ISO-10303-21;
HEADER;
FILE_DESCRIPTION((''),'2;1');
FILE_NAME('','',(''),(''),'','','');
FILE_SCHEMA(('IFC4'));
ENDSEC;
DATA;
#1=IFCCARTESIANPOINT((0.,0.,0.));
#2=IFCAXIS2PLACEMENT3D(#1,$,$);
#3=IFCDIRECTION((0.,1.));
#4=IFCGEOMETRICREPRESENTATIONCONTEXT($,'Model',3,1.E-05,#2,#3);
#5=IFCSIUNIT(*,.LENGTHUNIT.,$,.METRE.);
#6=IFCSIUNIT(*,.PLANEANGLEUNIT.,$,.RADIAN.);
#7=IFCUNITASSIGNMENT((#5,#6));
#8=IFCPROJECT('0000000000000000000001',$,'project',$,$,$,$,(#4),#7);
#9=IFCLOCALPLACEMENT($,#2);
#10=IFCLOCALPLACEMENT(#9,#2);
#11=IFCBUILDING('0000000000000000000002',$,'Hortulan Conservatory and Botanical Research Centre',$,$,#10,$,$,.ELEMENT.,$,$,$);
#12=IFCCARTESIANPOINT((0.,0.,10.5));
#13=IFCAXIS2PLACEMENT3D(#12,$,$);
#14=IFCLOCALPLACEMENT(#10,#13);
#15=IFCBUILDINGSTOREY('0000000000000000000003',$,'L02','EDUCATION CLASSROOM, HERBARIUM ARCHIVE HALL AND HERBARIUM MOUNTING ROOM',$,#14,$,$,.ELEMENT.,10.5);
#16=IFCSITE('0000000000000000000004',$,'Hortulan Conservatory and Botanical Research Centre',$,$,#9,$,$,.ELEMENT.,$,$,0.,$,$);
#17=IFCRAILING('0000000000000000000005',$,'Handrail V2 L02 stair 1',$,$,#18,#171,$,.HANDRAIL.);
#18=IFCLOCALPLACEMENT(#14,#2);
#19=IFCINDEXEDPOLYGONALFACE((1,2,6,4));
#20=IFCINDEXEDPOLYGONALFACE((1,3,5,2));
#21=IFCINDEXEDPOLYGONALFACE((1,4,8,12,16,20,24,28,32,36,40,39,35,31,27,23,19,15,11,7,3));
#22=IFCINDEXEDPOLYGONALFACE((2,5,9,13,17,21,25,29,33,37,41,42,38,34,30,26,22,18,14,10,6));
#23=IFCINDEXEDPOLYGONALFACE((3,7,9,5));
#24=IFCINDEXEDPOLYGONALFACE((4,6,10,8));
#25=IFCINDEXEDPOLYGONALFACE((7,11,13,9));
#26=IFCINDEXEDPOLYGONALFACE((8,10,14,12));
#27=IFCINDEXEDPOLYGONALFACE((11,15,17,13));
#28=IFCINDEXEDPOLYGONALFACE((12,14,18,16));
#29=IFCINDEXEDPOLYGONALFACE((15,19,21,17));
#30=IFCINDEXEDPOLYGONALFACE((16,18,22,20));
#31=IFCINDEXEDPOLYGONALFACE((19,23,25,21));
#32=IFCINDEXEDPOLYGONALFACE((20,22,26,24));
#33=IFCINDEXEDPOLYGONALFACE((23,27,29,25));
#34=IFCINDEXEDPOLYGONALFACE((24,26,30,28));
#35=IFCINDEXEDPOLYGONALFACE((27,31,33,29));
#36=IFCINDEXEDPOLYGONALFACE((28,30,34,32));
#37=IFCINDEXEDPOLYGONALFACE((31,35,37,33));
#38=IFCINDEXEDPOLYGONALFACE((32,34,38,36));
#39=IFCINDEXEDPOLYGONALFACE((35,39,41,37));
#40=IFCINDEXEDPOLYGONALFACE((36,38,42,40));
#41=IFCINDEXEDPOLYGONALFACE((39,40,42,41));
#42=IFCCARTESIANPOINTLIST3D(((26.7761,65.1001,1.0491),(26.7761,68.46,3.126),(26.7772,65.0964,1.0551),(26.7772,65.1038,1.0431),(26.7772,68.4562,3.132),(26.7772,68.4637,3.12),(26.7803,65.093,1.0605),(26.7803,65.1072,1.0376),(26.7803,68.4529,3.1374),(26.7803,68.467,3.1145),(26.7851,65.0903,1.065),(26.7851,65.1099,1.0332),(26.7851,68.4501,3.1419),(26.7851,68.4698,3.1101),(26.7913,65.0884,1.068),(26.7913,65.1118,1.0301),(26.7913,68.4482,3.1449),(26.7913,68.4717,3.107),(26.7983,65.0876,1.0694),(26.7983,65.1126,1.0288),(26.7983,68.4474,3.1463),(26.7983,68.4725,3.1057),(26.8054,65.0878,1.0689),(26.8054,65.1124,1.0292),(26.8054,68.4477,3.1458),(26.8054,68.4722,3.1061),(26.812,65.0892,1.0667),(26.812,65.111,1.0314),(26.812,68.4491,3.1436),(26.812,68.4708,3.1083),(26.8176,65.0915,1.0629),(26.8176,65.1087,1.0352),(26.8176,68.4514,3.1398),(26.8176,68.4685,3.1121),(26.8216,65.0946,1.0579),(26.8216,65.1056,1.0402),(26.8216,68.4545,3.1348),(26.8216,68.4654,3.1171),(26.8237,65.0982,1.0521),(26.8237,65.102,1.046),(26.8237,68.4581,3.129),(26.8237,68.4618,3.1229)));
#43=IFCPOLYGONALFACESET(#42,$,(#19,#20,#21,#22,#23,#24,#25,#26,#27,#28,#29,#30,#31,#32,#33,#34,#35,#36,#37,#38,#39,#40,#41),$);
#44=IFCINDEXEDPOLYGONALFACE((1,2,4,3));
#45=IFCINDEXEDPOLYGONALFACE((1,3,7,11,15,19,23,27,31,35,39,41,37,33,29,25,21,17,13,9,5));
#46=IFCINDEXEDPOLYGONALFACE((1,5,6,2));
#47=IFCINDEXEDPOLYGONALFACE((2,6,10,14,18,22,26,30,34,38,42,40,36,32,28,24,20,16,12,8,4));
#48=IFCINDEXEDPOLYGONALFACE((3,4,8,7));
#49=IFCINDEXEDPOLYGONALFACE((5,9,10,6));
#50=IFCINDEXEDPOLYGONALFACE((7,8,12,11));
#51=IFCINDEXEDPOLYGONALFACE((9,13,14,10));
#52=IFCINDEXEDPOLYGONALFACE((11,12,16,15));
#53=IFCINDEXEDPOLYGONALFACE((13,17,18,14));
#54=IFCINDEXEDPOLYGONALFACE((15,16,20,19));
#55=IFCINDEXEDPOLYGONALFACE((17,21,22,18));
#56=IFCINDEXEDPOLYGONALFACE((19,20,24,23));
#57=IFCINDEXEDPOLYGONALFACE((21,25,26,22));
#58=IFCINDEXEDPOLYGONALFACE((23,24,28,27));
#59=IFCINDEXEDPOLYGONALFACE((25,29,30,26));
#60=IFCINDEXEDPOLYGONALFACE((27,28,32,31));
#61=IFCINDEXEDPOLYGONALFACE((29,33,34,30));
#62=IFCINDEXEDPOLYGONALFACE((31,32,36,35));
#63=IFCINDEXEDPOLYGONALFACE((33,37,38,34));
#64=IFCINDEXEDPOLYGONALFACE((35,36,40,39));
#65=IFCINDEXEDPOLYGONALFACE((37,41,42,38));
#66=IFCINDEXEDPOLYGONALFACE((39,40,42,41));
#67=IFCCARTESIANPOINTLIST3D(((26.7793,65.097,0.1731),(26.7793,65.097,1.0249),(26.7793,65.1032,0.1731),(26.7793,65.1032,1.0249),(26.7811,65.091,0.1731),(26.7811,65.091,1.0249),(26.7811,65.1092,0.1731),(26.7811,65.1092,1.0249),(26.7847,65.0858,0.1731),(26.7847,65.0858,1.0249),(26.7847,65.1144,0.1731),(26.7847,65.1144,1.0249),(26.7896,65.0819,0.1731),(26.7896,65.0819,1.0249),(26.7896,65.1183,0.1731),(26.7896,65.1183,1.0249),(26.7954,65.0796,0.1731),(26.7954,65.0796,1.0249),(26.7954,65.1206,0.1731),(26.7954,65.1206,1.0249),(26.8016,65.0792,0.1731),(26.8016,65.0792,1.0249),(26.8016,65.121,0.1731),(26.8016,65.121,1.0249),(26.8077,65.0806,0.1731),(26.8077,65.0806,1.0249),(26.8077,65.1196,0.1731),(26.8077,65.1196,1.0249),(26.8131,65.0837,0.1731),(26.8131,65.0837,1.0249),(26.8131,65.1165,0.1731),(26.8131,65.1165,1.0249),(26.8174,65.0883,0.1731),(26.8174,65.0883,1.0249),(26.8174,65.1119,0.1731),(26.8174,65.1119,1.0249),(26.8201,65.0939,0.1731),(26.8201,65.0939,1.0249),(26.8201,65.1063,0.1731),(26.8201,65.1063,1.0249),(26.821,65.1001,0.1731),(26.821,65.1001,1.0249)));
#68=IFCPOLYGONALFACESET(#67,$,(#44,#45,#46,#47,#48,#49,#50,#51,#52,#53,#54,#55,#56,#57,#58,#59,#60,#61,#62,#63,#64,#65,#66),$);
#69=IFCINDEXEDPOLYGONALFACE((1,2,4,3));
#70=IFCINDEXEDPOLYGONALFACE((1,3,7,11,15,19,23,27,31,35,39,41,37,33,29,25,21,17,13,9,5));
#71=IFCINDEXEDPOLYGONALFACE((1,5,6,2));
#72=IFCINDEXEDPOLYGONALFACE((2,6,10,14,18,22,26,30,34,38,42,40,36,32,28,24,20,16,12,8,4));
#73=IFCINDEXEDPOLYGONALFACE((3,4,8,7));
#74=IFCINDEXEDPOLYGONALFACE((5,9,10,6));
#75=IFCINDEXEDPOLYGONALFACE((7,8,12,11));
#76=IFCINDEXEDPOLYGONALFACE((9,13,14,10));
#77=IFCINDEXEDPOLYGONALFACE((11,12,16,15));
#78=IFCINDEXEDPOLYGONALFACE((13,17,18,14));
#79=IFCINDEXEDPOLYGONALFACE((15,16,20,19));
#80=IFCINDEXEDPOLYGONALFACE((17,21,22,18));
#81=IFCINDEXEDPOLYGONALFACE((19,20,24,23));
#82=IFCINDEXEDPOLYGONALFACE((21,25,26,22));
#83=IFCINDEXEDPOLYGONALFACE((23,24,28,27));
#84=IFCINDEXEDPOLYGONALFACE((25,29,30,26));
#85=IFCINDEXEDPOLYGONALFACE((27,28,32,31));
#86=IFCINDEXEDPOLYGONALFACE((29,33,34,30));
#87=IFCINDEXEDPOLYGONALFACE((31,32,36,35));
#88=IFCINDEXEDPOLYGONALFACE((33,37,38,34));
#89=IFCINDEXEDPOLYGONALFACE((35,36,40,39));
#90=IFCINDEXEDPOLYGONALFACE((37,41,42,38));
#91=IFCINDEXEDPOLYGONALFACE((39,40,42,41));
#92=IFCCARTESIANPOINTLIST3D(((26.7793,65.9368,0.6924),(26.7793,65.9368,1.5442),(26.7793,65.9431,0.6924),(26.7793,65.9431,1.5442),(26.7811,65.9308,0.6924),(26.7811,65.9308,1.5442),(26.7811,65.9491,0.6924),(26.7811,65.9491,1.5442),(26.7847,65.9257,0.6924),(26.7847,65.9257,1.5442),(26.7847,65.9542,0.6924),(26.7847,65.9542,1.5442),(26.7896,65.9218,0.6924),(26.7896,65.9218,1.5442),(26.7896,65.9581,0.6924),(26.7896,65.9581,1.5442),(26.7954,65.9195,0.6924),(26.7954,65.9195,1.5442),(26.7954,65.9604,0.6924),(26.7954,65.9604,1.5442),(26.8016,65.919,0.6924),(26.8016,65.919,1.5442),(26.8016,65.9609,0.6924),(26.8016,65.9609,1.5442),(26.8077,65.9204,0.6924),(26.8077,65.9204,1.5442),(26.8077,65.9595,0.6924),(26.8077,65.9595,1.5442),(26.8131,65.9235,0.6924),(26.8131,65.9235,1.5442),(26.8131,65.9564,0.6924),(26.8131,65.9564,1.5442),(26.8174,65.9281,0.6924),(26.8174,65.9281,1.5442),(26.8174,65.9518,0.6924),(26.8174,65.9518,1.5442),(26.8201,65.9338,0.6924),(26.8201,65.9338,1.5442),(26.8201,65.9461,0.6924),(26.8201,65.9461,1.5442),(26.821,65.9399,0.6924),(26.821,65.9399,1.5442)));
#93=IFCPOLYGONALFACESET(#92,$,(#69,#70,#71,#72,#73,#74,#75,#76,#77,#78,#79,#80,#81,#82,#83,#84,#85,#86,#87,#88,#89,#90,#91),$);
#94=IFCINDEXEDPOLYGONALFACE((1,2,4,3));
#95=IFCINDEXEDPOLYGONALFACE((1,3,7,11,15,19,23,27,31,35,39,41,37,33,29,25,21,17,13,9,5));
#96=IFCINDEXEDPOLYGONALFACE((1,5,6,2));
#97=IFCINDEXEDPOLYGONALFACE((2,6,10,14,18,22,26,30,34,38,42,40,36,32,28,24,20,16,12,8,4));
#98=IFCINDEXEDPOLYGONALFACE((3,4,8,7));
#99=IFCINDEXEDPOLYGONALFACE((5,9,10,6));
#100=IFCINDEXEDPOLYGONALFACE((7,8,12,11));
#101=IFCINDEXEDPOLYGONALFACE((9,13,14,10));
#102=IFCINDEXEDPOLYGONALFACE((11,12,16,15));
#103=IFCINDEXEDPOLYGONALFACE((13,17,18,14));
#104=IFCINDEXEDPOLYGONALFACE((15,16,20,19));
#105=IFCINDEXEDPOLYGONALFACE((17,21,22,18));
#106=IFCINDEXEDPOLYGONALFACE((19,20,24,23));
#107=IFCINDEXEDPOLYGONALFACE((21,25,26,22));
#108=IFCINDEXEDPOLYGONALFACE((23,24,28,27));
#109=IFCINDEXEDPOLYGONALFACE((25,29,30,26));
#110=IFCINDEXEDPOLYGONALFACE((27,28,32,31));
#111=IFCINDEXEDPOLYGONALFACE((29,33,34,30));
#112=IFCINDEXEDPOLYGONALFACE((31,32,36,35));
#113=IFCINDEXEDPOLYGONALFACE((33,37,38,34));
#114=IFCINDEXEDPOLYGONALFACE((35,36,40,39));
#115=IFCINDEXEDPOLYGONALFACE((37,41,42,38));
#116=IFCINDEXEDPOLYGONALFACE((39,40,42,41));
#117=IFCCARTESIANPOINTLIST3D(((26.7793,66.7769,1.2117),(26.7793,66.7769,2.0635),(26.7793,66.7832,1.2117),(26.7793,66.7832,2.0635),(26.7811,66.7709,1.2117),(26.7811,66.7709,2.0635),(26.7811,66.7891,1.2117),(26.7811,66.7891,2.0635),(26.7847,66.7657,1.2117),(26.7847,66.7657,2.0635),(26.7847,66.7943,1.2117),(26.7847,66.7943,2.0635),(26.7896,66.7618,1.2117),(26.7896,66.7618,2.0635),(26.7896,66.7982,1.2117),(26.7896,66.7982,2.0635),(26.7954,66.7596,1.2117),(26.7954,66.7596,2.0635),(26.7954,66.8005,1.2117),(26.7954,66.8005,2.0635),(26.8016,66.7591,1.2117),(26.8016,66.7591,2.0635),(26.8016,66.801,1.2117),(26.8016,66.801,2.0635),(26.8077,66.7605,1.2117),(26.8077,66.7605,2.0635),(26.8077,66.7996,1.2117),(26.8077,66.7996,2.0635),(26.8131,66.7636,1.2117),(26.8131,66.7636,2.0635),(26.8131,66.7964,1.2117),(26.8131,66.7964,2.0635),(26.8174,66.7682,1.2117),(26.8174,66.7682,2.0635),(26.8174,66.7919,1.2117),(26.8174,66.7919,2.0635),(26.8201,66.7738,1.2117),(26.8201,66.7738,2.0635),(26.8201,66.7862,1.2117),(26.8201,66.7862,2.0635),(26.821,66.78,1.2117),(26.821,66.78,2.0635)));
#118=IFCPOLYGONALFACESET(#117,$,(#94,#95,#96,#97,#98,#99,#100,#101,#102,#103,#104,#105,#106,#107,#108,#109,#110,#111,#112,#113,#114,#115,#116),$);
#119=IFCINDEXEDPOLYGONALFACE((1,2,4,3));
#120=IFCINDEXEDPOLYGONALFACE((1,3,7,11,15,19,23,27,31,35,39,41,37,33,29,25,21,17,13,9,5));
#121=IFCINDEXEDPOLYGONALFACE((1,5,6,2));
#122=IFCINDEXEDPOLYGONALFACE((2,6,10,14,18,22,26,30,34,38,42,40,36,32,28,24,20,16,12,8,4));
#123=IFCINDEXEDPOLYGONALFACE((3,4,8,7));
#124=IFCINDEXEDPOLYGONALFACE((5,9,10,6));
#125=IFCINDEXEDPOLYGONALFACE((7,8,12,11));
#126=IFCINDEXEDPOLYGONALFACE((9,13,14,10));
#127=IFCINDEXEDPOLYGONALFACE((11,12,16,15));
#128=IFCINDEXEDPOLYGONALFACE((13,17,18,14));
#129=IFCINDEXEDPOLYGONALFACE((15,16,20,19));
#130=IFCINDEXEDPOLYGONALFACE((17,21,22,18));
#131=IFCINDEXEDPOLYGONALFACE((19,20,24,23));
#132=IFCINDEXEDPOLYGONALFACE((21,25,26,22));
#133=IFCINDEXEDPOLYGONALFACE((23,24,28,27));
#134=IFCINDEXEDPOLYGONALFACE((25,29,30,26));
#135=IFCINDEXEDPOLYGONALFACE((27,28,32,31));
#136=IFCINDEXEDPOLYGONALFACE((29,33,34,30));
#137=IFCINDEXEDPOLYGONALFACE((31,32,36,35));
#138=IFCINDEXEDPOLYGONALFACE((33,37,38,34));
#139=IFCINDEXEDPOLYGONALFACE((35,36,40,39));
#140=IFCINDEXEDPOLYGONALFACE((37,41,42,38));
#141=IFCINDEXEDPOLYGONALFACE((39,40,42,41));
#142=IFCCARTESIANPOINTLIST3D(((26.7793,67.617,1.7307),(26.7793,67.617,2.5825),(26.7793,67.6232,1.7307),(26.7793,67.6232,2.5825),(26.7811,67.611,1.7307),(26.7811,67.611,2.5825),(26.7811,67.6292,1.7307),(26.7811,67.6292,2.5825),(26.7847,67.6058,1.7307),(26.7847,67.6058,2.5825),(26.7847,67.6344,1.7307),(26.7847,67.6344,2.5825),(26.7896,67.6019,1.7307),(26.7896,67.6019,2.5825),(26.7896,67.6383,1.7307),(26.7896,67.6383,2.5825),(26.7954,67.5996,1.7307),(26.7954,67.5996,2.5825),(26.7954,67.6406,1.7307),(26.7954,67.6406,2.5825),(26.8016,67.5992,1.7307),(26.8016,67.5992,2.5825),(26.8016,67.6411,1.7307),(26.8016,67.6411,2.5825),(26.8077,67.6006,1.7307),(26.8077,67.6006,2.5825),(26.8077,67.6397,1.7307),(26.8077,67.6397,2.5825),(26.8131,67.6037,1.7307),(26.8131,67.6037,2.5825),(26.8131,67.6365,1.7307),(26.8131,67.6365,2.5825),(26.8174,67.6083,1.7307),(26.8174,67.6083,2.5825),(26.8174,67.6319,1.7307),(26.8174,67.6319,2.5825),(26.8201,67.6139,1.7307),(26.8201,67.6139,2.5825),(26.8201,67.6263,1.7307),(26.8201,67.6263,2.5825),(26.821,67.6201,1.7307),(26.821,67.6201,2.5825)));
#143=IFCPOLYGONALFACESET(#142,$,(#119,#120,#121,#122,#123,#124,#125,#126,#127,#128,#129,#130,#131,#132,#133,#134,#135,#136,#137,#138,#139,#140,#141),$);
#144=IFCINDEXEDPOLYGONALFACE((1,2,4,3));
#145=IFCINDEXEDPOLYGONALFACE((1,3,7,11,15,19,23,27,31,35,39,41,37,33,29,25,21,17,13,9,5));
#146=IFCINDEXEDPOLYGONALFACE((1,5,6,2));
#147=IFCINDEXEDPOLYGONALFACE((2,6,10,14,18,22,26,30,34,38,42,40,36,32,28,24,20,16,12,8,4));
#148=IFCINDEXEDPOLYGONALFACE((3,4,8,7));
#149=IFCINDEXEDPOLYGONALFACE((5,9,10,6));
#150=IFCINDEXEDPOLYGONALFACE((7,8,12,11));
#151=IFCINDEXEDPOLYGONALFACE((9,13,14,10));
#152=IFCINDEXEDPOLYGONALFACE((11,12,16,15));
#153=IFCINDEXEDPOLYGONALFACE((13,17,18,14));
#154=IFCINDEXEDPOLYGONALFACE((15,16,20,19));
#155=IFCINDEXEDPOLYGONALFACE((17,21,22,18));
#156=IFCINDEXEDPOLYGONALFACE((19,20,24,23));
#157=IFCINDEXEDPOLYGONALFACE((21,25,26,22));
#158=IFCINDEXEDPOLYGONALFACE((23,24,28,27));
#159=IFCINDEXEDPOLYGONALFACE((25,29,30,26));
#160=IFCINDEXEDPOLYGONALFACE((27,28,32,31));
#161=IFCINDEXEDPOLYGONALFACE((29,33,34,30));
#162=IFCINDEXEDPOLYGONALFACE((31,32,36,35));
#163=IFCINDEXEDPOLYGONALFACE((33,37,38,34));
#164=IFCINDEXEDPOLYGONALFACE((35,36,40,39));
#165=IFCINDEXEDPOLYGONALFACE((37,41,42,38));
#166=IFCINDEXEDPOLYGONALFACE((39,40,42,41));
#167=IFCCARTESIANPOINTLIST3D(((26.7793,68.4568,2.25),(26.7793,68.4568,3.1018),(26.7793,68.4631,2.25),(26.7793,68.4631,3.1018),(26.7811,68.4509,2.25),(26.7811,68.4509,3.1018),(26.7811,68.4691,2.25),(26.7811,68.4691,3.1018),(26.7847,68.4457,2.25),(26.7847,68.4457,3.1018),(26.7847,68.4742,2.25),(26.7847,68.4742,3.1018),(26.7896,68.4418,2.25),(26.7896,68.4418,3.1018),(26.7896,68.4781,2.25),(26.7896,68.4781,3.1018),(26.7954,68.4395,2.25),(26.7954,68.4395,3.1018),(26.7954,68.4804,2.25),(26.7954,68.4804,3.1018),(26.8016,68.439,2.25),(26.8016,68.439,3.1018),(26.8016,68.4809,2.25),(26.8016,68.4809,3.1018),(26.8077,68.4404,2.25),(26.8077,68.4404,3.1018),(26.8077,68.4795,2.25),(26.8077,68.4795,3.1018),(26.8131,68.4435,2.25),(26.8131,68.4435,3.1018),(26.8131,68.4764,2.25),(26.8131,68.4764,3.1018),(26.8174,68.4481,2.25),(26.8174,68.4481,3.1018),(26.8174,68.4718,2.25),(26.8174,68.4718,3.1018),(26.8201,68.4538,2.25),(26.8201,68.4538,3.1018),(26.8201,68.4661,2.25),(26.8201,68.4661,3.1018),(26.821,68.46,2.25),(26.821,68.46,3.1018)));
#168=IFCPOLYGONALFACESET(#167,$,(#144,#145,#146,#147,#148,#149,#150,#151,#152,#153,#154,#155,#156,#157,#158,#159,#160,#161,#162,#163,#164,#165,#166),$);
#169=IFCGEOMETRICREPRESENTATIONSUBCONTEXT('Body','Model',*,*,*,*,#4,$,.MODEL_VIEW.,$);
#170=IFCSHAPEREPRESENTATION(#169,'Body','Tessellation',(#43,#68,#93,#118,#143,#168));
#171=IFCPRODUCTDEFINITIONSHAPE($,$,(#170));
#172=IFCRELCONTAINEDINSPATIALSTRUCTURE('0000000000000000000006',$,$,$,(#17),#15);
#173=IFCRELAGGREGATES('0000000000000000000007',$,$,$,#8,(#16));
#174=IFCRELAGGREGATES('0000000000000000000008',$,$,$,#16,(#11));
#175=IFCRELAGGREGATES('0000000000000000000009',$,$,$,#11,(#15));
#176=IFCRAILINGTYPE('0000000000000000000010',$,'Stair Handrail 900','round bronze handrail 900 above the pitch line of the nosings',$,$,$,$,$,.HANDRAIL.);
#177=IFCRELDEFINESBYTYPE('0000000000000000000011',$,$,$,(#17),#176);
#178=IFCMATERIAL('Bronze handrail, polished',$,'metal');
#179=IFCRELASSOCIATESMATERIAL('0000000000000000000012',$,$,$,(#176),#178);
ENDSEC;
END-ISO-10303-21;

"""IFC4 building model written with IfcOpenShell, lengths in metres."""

from ifc_helpers import new_model, si_unit, direction, frame, origin, origin_2d, place, context, subcontext, project, spatial, circle, extrude, material, type_object, element, save


model = new_model("IFC4")

# Units and contexts
model_context = context("Model", 3, precision=1e-05, world=origin(), true_north=direction((0.0, 1.0)))
body_context = subcontext(model_context, "Body", "Model", "MODEL_VIEW")
ifc_project = project(units=[si_unit("LENGTHUNIT", "METRE"), si_unit("PLANEANGLEUNIT", "RADIAN")], contexts=[model_context])

# Site, building, storey
site_placement = place(None, origin())
site = spatial("IfcSite", under=ifc_project, at=site_placement, Name="Hortulan Conservatory and Botanical Research Centre", CompositionType="ELEMENT", RefElevation=0.0)
building_placement = place(site_placement, origin())
building = spatial("IfcBuilding", under=site, at=building_placement, Name="Hortulan Conservatory and Botanical Research Centre", CompositionType="ELEMENT")
storey_placement = place(building_placement, frame((0.0, 0.0, 10.5)))
storey = spatial("IfcBuildingStorey", under=building, at=storey_placement, Name="L02", Description="EDUCATION CLASSROOM, HERBARIUM ARCHIVE HALL AND HERBARIUM MOUNTING ROOM", CompositionType="ELEMENT", Elevation=10.5)

# Railing
ifc_material_1 = material(Name="Bronze handrail, polished", Category="metal")
railing_type_1 = type_object("IfcRailingType", Name="Stair Handrail 900", Description="round bronze handrail 900 above the pitch line of the nosings", PredefinedType="HANDRAIL", material=ifc_material_1)
for number, where, name in (
    (1, (26.8, 65.1001, 0.1731), "Handrail V2 L02 stair 1"),
):
    element("IfcRailing", number, at=place(storey_placement, frame(where)), inside=storey, type_object=railing_type_1, Name=name, PredefinedType="HANDRAIL", context=body_context, shape_type="SweptSolid", body=[
        extrude(circle(Radius=0.0239, at=origin_2d()), frame((0.0, 0.0, 0.876), z_axis=(0.0, 0.850606, 0.525803), x_axis=(-1.0, 0.0, 0.0)), (0.0, 0.0, 1.0), 3.95),
        extrude(circle(Radius=0.021, at=origin_2d()), origin(), (0.0, 0.0, 1.0), 0.8518),
        extrude(circle(Radius=0.021, at=origin_2d()), frame((0.0, 0.8398, 0.5193)), (0.0, 0.0, 1.0), 0.8518),
        extrude(circle(Radius=0.021, at=origin_2d()), frame((0.0, 1.6799, 1.0386)), (0.0, 0.0, 1.0), 0.8518),
        extrude(circle(Radius=0.021, at=origin_2d()), frame((0.0, 2.52, 1.5576)), (0.0, 0.0, 1.0), 0.8518),
        extrude(circle(Radius=0.021, at=origin_2d()), frame((0.0, 3.3599, 2.0769)), (0.0, 0.0, 1.0), 0.8518),
    ])

save(model, "model.ifc")
